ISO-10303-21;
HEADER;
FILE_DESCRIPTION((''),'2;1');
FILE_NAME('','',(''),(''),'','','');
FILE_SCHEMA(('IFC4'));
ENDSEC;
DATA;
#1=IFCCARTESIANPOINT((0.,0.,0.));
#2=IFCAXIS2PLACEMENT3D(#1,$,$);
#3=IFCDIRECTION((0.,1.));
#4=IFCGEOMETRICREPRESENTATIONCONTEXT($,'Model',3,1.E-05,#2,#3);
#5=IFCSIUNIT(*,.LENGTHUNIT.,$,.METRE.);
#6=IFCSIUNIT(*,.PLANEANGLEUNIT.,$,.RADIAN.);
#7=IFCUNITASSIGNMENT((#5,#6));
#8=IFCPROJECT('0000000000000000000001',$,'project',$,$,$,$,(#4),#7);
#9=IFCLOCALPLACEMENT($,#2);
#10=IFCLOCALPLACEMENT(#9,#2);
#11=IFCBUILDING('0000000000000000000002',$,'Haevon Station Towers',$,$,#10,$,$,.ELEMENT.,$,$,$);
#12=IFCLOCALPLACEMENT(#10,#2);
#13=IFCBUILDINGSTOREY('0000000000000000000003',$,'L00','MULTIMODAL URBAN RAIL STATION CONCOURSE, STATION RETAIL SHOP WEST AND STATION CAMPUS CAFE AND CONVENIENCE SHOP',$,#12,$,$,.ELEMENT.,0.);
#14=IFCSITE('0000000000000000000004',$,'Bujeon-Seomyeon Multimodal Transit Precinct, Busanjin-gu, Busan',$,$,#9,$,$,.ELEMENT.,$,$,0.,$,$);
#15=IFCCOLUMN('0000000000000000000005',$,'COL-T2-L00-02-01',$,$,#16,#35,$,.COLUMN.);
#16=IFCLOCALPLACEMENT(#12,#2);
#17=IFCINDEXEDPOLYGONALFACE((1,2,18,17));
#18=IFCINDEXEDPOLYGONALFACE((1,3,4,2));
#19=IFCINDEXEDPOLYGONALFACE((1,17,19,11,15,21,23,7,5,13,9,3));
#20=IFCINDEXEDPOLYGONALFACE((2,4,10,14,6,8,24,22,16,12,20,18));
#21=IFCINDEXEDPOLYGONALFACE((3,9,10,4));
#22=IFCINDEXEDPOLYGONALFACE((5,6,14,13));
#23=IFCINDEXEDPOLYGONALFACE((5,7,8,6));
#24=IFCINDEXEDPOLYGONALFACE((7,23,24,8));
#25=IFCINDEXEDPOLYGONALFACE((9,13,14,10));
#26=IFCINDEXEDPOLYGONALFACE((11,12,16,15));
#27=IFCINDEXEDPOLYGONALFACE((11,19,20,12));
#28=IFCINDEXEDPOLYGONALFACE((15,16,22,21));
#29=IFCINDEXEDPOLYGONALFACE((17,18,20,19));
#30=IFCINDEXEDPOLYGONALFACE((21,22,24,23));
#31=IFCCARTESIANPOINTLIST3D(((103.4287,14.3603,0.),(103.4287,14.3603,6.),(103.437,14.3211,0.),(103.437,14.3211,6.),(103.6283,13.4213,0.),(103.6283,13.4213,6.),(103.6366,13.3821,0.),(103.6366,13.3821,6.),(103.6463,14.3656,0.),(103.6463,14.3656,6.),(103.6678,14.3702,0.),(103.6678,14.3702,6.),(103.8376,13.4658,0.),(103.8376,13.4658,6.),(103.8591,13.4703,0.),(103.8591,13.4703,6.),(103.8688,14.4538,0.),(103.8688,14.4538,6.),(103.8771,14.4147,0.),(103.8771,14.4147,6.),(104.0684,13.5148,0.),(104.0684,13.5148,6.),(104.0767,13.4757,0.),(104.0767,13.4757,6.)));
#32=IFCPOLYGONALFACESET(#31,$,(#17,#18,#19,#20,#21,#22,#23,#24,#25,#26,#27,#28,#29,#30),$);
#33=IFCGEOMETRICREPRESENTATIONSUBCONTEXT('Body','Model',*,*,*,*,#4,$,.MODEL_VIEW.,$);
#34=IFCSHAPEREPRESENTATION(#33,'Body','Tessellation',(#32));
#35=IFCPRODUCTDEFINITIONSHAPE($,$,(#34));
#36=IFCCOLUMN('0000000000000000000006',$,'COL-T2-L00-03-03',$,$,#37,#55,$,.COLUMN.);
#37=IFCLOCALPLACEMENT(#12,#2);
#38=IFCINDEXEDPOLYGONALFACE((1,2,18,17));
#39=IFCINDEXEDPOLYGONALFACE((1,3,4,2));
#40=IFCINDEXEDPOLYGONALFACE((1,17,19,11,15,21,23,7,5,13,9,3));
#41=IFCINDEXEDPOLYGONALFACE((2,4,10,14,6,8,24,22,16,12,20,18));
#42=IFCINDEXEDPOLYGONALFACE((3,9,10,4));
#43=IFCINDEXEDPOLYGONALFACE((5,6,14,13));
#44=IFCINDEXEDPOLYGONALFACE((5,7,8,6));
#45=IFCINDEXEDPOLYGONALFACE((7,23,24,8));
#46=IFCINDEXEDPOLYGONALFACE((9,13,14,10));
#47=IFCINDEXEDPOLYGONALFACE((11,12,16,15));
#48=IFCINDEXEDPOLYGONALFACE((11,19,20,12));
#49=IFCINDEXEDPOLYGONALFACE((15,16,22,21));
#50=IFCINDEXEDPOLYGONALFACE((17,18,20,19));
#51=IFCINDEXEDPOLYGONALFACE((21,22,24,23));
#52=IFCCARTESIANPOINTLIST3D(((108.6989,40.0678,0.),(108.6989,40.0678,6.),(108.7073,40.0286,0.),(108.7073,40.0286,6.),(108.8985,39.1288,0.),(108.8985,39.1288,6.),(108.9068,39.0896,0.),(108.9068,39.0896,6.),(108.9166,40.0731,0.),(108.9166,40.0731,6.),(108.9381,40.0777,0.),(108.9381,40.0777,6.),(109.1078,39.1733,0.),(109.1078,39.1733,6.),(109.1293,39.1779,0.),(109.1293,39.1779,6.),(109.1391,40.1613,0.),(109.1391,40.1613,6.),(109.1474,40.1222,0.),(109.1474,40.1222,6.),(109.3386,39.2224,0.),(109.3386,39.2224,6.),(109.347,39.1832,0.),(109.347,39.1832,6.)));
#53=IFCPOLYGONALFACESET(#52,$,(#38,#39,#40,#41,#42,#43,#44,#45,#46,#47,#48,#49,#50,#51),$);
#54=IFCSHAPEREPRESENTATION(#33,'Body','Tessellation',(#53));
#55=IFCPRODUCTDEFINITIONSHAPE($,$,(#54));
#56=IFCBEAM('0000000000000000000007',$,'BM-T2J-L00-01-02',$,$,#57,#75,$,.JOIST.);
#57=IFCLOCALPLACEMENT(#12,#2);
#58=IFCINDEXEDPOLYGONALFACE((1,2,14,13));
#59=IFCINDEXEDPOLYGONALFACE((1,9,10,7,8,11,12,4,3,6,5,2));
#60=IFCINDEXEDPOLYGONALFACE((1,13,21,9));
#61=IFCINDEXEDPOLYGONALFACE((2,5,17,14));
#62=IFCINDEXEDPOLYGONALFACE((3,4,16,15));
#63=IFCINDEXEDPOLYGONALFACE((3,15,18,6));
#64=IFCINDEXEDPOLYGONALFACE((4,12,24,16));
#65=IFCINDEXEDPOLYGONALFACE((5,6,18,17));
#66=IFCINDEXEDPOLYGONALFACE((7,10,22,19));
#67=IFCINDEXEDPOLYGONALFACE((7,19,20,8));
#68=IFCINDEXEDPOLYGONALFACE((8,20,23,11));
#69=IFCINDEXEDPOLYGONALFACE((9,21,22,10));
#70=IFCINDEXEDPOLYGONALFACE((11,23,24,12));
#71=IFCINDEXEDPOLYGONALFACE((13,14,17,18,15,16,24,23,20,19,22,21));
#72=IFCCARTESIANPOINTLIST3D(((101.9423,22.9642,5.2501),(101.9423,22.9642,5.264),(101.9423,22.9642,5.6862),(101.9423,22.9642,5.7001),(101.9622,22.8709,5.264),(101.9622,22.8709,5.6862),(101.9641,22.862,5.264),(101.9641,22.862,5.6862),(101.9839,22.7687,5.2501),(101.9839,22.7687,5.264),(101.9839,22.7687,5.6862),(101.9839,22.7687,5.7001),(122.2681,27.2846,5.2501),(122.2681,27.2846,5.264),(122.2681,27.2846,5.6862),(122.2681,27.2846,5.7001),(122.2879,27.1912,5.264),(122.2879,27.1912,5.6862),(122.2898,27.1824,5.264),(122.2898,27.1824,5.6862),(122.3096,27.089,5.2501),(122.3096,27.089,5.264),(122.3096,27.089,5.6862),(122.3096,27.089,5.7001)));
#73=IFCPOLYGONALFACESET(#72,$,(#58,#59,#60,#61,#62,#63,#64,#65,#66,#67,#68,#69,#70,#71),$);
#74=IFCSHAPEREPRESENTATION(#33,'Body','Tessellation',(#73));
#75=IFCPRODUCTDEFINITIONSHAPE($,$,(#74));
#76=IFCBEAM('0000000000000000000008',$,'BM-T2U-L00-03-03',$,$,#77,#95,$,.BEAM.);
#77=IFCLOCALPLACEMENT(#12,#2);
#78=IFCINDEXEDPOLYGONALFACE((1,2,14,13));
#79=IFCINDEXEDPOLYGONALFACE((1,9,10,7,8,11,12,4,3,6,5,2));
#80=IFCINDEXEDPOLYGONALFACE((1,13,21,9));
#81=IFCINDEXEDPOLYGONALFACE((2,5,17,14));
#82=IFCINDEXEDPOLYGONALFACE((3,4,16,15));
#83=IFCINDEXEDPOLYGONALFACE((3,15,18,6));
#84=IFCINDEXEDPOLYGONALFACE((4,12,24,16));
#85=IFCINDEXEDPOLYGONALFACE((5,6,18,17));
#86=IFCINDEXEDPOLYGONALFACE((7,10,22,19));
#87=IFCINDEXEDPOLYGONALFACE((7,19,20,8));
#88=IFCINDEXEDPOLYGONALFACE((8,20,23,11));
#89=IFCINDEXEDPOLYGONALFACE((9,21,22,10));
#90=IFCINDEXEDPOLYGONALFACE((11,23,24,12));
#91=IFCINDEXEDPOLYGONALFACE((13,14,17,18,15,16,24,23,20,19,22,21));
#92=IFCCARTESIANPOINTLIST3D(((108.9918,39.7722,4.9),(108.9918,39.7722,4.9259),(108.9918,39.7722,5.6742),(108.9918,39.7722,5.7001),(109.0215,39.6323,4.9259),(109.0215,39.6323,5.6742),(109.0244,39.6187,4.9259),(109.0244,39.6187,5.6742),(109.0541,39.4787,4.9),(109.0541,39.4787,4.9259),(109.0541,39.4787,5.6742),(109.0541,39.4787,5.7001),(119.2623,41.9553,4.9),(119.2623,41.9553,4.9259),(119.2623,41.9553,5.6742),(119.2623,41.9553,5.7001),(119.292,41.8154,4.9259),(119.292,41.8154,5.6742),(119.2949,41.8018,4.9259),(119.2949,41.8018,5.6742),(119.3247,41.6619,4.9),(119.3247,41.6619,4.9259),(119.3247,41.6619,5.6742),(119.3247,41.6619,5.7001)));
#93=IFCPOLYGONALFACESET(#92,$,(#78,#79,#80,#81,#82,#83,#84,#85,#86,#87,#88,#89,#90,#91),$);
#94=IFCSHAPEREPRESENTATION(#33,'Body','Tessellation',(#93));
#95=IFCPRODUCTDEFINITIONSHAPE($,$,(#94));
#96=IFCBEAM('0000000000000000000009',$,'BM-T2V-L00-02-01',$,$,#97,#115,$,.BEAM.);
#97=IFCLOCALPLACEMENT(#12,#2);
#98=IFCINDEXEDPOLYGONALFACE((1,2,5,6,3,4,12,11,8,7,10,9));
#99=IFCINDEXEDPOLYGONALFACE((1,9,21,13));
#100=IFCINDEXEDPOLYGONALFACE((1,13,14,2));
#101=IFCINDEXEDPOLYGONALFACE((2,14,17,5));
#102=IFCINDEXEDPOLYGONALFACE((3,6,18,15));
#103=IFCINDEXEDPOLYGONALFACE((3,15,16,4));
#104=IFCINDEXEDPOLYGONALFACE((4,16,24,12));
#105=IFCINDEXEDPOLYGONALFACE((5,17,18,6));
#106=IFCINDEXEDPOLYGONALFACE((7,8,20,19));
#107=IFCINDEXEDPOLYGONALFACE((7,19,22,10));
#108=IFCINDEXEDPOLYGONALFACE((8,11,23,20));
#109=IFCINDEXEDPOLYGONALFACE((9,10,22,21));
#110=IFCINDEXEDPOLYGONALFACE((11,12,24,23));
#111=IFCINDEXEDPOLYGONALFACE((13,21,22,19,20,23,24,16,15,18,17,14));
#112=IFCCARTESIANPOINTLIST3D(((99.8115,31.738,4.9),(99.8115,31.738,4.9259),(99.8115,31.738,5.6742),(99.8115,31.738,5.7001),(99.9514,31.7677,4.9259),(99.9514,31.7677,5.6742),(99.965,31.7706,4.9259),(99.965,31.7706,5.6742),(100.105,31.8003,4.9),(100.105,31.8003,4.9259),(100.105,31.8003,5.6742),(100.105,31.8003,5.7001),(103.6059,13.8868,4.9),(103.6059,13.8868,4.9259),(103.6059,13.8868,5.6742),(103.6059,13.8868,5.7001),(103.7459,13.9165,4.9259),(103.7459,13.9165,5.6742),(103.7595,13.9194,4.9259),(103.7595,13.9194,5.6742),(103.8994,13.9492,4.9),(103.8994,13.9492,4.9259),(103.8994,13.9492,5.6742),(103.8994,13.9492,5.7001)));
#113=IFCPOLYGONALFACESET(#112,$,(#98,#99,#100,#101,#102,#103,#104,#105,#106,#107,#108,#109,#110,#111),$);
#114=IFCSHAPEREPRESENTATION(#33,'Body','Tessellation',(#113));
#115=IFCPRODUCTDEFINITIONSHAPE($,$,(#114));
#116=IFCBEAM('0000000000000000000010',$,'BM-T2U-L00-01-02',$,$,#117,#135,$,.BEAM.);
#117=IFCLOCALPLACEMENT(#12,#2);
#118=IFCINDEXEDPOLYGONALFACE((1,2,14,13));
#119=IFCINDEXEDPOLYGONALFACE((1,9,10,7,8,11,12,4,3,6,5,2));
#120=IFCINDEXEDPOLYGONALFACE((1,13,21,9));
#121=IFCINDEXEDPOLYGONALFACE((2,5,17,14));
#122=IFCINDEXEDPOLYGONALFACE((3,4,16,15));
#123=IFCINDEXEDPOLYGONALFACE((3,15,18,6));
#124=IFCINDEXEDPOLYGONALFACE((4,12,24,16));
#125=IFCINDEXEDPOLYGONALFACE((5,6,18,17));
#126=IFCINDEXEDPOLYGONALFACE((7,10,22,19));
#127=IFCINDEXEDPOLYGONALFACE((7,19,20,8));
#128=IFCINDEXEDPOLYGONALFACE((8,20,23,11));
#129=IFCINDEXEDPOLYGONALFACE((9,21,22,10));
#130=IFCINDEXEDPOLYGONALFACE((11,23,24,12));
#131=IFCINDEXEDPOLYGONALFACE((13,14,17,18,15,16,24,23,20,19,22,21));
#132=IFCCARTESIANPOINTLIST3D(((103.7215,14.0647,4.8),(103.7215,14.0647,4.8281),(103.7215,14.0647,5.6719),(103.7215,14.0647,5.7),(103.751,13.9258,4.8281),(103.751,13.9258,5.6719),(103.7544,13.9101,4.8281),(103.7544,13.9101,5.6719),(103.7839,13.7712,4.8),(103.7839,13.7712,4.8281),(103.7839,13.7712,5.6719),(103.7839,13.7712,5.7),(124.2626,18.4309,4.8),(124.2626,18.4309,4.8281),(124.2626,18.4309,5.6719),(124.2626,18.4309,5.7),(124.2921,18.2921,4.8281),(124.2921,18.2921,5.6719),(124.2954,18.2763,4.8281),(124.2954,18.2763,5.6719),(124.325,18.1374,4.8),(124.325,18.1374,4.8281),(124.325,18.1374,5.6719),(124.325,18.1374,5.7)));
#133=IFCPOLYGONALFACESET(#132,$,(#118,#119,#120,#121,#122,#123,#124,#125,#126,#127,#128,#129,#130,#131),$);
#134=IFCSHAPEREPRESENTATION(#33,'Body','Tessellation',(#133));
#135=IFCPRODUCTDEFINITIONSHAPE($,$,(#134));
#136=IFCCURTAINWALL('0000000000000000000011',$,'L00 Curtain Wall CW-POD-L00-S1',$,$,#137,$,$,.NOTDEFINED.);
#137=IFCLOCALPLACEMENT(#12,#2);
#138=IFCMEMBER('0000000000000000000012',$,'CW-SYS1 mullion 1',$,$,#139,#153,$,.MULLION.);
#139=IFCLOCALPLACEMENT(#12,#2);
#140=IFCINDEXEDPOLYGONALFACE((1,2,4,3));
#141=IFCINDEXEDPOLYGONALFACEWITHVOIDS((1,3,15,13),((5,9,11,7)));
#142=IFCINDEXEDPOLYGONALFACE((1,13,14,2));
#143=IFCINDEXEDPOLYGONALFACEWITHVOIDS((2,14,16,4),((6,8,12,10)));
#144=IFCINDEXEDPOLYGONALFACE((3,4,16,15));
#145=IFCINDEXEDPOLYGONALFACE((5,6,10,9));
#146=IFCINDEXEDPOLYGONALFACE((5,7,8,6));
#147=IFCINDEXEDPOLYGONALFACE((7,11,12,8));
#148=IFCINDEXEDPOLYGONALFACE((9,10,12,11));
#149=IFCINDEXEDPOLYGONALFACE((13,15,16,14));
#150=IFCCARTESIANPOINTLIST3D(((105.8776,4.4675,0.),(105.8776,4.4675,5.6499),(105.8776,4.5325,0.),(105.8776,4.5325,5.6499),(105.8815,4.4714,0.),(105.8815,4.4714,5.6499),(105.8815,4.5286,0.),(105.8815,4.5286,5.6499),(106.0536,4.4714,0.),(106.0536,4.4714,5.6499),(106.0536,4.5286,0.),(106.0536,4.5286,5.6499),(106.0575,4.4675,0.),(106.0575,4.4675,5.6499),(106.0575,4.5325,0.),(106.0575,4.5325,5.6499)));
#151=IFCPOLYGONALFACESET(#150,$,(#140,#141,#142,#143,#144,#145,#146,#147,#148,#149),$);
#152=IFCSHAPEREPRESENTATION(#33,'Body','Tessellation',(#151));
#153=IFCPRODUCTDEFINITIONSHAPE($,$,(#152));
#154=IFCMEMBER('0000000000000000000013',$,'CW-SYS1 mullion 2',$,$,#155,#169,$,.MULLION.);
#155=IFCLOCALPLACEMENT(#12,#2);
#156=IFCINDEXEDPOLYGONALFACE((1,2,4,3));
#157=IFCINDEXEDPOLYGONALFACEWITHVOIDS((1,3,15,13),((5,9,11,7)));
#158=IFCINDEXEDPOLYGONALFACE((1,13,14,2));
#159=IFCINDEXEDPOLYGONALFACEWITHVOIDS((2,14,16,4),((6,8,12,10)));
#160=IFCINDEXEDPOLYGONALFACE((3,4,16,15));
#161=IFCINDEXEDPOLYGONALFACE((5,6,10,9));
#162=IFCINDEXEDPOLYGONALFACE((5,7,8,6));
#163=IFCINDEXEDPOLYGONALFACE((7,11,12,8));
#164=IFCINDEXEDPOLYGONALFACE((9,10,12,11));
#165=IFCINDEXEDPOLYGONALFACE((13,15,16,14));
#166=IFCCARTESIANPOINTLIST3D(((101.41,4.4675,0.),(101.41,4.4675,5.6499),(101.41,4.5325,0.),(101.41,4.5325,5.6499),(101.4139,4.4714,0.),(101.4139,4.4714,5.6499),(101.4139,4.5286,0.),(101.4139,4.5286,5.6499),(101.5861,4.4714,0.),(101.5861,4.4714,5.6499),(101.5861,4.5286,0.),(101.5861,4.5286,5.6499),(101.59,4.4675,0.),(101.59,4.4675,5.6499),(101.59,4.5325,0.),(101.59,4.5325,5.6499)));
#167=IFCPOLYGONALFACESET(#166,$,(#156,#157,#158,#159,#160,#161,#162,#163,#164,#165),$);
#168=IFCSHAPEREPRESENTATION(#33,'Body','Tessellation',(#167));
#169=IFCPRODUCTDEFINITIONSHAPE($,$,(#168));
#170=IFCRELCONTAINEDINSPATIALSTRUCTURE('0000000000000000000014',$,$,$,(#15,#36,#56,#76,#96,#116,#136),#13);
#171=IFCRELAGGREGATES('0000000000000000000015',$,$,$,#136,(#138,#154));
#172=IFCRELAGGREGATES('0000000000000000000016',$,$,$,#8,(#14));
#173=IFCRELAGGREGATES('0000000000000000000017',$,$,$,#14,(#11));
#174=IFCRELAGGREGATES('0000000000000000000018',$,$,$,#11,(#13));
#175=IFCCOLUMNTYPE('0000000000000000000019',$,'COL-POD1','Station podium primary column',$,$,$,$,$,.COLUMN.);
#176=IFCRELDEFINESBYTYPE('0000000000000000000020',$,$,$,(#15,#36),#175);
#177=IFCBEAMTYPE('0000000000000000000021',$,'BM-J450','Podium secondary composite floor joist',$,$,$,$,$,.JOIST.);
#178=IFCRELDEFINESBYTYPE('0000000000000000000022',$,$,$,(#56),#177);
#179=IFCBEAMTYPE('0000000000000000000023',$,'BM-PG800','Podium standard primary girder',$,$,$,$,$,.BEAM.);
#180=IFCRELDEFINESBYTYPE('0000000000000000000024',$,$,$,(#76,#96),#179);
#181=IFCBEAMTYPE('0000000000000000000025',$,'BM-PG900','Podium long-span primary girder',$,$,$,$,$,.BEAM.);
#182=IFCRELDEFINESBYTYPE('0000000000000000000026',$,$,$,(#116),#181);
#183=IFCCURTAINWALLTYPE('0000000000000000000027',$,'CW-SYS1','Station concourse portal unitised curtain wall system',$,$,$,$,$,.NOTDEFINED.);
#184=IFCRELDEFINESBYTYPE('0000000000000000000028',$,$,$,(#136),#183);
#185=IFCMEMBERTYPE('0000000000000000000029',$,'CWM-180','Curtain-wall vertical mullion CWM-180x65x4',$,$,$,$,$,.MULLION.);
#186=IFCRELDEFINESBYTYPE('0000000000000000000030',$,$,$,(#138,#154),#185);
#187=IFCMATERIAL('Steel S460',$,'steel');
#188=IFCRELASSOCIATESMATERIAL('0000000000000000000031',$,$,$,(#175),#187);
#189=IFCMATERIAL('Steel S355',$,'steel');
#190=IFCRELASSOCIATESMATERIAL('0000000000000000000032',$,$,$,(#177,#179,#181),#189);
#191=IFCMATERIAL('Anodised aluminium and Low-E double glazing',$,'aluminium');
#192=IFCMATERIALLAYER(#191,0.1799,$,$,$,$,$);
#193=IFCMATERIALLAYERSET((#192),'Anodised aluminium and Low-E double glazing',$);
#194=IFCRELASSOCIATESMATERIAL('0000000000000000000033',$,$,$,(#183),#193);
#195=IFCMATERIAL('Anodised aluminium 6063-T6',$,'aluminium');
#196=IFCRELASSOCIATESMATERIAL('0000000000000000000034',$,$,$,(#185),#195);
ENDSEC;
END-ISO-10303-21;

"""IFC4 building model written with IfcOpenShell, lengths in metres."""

from ifc_helpers import new_model, si_unit, direction, frame, origin, origin_2d, place, context, subcontext, project, spatial, hollow_rectangle, i_section, extrude, material, layer, layer_set, material_profile, profile_set, type_object, element, aggregate, save


model = new_model("IFC4")

# Units and contexts
model_context = context("Model", 3, precision=1e-05, world=origin(), true_north=direction((0.0, 1.0)))
body_context = subcontext(model_context, "Body", "Model", "MODEL_VIEW")
ifc_project = project(units=[si_unit("LENGTHUNIT", "METRE"), si_unit("PLANEANGLEUNIT", "RADIAN")], contexts=[model_context])

# Site, building, storey
site_placement = place(None, origin())
site = spatial("IfcSite", under=ifc_project, at=site_placement, Name="Bujeon-Seomyeon Multimodal Transit Precinct, Busanjin-gu, Busan", CompositionType="ELEMENT", RefElevation=0.0)
building_placement = place(site_placement, origin())
building = spatial("IfcBuilding", under=site, at=building_placement, Name="Haevon Station Towers", CompositionType="ELEMENT")
storey_placement = place(building_placement, origin())
storey = spatial("IfcBuildingStorey", under=building, at=storey_placement, Name="L00", Description="MULTIMODAL URBAN RAIL STATION CONCOURSE, STATION RETAIL SHOP WEST AND STATION CAMPUS CAFE AND CONVENIENCE SHOP", CompositionType="ELEMENT", Elevation=0.0)

# Columns
ifc_material_1 = material(Name="Steel S460", Category="steel")
ifc_material_profile_1 = material_profile(ifc_material_1, i_section(OverallWidth=0.45, OverallDepth=1.0, WebThickness=0.022, FlangeThickness=0.04, at=origin_2d()), Name="H-1000x450x22x40")
ifc_profile_set_1 = profile_set([ifc_material_profile_1], Name="Steel S460")
column_type = type_object("IfcColumnType", Name="COL-POD1", Description="Station podium primary column", PredefinedType="COLUMN", material=ifc_profile_set_1)
for number, where, z_axis, x_axis, name in (
    (1, (103.7527, 13.918, 0.0), (0.0, 0.0, 1.0), (0.978148, 0.207912, 0.0), "COL-T2-L00-02-01"),
    (2, (109.0229, 39.6255, 0.0), (0.0, 0.0, 1.0), (0.978148, 0.207912, 0.0), "COL-T2-L00-03-03"),
):
    element("IfcColumn", number, at=place(storey_placement, frame(where, z_axis=z_axis, x_axis=x_axis)), inside=storey, type_object=column_type, Name=name, PredefinedType="COLUMN", context=body_context, shape_type="SweptSolid", body=[
        extrude(i_section(OverallWidth=0.45, OverallDepth=1.0, WebThickness=0.022, FlangeThickness=0.04, at=origin_2d()), origin(), (0.0, 0.0, 1.0), 6.0),
    ])

# Beams
ifc_material_2 = material(Name="Steel S355", Category="steel")
ifc_material_profile_2 = material_profile(ifc_material_2, i_section(OverallWidth=0.2, OverallDepth=0.45, WebThickness=0.009, FlangeThickness=0.0139, at=origin_2d()), Name="H-450x200x9x14")
ifc_profile_set_2 = profile_set([ifc_material_profile_2], Name="Steel S355")
beam_type_1 = type_object("IfcBeamType", Name="BM-J450", Description="Podium secondary composite floor joist", PredefinedType="JOIST", material=ifc_profile_set_2)
beam_1_placement = place(storey_placement, frame((101.9631, 22.8665, 5.4751), z_axis=(0.978148, 0.20791, 0.0), x_axis=(-0.20791, 0.978148, 0.0)))
element("IfcBeam", 3, at=beam_1_placement, inside=storey, type_object=beam_type_1, Name="BM-T2J-L00-01-02", PredefinedType="JOIST", context=body_context, shape_type="SweptSolid", body=[
    extrude(i_section(OverallWidth=0.2, OverallDepth=0.45, WebThickness=0.009, FlangeThickness=0.0139, at=origin_2d()), origin(), (0.0, 0.0, 1.0), 20.7798),
])
ifc_material_profile_3 = material_profile(ifc_material_2, i_section(OverallWidth=0.3, OverallDepth=0.8, WebThickness=0.0139, FlangeThickness=0.0259, at=origin_2d()), Name="H-800x300x14x26")
ifc_profile_set_3 = profile_set([ifc_material_profile_3], Name="Steel S355")
beam_type_2 = type_object("IfcBeamType", Name="BM-PG800", Description="Podium standard primary girder", PredefinedType="BEAM", material=ifc_profile_set_3)
beam_2_placement = place(storey_placement, frame((109.0229, 39.6255, 5.3), z_axis=(0.978147, 0.207915, 0.0), x_axis=(-0.207915, 0.978147, 0.0)))
element("IfcBeam", 4, at=beam_2_placement, inside=storey, type_object=beam_type_2, Name="BM-T2U-L00-03-03", PredefinedType="BEAM", context=body_context, shape_type="SweptSolid", body=[
    extrude(i_section(OverallWidth=0.3, OverallDepth=0.8, WebThickness=0.0139, FlangeThickness=0.0259, at=origin_2d()), origin(), (0.0, 0.0, 1.0), 10.5),
])
beam_3_placement = place(storey_placement, frame((103.7527, 13.918, 5.3), z_axis=(-0.207915, 0.978147, 0.0), x_axis=(-0.978147, -0.207915, 0.0)))
element("IfcBeam", 5, at=beam_3_placement, inside=storey, type_object=beam_type_2, Name="BM-T2V-L00-02-01", PredefinedType="BEAM", context=body_context, shape_type="SweptSolid", body=[
    extrude(i_section(OverallWidth=0.3, OverallDepth=0.8, WebThickness=0.0139, FlangeThickness=0.0259, at=origin_2d()), origin(), (0.0, 0.0, 1.0), 18.25),
])
ifc_material_profile_4 = material_profile(ifc_material_2, i_section(OverallWidth=0.3, OverallDepth=0.8999, WebThickness=0.0161, FlangeThickness=0.0281, at=origin_2d()), Name="H-900x300x16x28")
ifc_profile_set_4 = profile_set([ifc_material_profile_4], Name="Steel S355")
beam_type_3 = type_object("IfcBeamType", Name="BM-PG900", Description="Podium long-span primary girder", PredefinedType="BEAM", material=ifc_profile_set_4)
beam_4_placement = place(storey_placement, frame((103.7527, 13.918, 5.25), z_axis=(0.978147, 0.207915, 0.0), x_axis=(-0.207915, 0.978147, 0.0)))
element("IfcBeam", 6, at=beam_4_placement, inside=storey, type_object=beam_type_3, Name="BM-T2U-L00-01-02", PredefinedType="BEAM", context=body_context, shape_type="SweptSolid", body=[
    extrude(i_section(OverallWidth=0.3, OverallDepth=0.8999, WebThickness=0.0161, FlangeThickness=0.0281, at=origin_2d()), origin(), (0.0, 0.0, 1.0), 21.0),
])

# Curtain wall, members
ifc_material_3 = material(Name="Anodised aluminium and Low-E double glazing", Category="aluminium")
ifc_layer_1 = layer(ifc_material_3, 0.1799)
ifc_layer_set_1 = layer_set([ifc_layer_1], Name="Anodised aluminium and Low-E double glazing")
curtain_wall_type = type_object("IfcCurtainWallType", Name="CW-SYS1", Description="Station concourse portal unitised curtain wall system", PredefinedType="NOTDEFINED", material=ifc_layer_set_1)
curtain_wall_placement = place(storey_placement, origin())
curtain_wall = element("IfcCurtainWall", 7, at=curtain_wall_placement, inside=storey, type_object=curtain_wall_type, Name="L00 Curtain Wall CW-POD-L00-S1", PredefinedType="NOTDEFINED")
ifc_material_4 = material(Name="Anodised aluminium 6063-T6", Category="aluminium")
ifc_material_profile_5 = material_profile(ifc_material_4, hollow_rectangle(XDim=0.0649, YDim=0.1799, WallThickness=0.0039, at=origin_2d()), Name="CWM-180x65x4")
ifc_profile_set_5 = profile_set([ifc_material_profile_5], Name="Anodised aluminium 6063-T6")
member_type_1 = type_object("IfcMemberType", Name="CWM-180", Description="Curtain-wall vertical mullion CWM-180x65x4", PredefinedType="MULLION", material=ifc_profile_set_5)
member_1_placement = place(storey_placement, frame((105.9675, 4.5, 0.0), z_axis=(0.0, 0.0, 1.0), x_axis=(0.0, -1.0, 0.0)))
member_1 = element("IfcMember", 8, at=member_1_placement, type_object=member_type_1, Name="CW-SYS1 mullion 1", PredefinedType="MULLION", context=body_context, shape_type="SweptSolid", body=[
    extrude(hollow_rectangle(XDim=0.0649, YDim=0.1799, WallThickness=0.0039, at=origin_2d()), origin(), (0.0, 0.0, 1.0), 5.6499),
])
member_2_placement = place(storey_placement, frame((101.5, 4.5, 0.0), z_axis=(0.0, 0.0, 1.0), x_axis=(0.0, -1.0, 0.0)))
member_2 = element("IfcMember", 9, at=member_2_placement, type_object=member_type_1, Name="CW-SYS1 mullion 2", PredefinedType="MULLION", context=body_context, shape_type="SweptSolid", body=[
    extrude(hollow_rectangle(XDim=0.0649, YDim=0.1799, WallThickness=0.0039, at=origin_2d()), origin(), (0.0, 0.0, 1.0), 5.6499),
])
aggregate(curtain_wall, [member_1, member_2])

save(model, "model.ifc")
